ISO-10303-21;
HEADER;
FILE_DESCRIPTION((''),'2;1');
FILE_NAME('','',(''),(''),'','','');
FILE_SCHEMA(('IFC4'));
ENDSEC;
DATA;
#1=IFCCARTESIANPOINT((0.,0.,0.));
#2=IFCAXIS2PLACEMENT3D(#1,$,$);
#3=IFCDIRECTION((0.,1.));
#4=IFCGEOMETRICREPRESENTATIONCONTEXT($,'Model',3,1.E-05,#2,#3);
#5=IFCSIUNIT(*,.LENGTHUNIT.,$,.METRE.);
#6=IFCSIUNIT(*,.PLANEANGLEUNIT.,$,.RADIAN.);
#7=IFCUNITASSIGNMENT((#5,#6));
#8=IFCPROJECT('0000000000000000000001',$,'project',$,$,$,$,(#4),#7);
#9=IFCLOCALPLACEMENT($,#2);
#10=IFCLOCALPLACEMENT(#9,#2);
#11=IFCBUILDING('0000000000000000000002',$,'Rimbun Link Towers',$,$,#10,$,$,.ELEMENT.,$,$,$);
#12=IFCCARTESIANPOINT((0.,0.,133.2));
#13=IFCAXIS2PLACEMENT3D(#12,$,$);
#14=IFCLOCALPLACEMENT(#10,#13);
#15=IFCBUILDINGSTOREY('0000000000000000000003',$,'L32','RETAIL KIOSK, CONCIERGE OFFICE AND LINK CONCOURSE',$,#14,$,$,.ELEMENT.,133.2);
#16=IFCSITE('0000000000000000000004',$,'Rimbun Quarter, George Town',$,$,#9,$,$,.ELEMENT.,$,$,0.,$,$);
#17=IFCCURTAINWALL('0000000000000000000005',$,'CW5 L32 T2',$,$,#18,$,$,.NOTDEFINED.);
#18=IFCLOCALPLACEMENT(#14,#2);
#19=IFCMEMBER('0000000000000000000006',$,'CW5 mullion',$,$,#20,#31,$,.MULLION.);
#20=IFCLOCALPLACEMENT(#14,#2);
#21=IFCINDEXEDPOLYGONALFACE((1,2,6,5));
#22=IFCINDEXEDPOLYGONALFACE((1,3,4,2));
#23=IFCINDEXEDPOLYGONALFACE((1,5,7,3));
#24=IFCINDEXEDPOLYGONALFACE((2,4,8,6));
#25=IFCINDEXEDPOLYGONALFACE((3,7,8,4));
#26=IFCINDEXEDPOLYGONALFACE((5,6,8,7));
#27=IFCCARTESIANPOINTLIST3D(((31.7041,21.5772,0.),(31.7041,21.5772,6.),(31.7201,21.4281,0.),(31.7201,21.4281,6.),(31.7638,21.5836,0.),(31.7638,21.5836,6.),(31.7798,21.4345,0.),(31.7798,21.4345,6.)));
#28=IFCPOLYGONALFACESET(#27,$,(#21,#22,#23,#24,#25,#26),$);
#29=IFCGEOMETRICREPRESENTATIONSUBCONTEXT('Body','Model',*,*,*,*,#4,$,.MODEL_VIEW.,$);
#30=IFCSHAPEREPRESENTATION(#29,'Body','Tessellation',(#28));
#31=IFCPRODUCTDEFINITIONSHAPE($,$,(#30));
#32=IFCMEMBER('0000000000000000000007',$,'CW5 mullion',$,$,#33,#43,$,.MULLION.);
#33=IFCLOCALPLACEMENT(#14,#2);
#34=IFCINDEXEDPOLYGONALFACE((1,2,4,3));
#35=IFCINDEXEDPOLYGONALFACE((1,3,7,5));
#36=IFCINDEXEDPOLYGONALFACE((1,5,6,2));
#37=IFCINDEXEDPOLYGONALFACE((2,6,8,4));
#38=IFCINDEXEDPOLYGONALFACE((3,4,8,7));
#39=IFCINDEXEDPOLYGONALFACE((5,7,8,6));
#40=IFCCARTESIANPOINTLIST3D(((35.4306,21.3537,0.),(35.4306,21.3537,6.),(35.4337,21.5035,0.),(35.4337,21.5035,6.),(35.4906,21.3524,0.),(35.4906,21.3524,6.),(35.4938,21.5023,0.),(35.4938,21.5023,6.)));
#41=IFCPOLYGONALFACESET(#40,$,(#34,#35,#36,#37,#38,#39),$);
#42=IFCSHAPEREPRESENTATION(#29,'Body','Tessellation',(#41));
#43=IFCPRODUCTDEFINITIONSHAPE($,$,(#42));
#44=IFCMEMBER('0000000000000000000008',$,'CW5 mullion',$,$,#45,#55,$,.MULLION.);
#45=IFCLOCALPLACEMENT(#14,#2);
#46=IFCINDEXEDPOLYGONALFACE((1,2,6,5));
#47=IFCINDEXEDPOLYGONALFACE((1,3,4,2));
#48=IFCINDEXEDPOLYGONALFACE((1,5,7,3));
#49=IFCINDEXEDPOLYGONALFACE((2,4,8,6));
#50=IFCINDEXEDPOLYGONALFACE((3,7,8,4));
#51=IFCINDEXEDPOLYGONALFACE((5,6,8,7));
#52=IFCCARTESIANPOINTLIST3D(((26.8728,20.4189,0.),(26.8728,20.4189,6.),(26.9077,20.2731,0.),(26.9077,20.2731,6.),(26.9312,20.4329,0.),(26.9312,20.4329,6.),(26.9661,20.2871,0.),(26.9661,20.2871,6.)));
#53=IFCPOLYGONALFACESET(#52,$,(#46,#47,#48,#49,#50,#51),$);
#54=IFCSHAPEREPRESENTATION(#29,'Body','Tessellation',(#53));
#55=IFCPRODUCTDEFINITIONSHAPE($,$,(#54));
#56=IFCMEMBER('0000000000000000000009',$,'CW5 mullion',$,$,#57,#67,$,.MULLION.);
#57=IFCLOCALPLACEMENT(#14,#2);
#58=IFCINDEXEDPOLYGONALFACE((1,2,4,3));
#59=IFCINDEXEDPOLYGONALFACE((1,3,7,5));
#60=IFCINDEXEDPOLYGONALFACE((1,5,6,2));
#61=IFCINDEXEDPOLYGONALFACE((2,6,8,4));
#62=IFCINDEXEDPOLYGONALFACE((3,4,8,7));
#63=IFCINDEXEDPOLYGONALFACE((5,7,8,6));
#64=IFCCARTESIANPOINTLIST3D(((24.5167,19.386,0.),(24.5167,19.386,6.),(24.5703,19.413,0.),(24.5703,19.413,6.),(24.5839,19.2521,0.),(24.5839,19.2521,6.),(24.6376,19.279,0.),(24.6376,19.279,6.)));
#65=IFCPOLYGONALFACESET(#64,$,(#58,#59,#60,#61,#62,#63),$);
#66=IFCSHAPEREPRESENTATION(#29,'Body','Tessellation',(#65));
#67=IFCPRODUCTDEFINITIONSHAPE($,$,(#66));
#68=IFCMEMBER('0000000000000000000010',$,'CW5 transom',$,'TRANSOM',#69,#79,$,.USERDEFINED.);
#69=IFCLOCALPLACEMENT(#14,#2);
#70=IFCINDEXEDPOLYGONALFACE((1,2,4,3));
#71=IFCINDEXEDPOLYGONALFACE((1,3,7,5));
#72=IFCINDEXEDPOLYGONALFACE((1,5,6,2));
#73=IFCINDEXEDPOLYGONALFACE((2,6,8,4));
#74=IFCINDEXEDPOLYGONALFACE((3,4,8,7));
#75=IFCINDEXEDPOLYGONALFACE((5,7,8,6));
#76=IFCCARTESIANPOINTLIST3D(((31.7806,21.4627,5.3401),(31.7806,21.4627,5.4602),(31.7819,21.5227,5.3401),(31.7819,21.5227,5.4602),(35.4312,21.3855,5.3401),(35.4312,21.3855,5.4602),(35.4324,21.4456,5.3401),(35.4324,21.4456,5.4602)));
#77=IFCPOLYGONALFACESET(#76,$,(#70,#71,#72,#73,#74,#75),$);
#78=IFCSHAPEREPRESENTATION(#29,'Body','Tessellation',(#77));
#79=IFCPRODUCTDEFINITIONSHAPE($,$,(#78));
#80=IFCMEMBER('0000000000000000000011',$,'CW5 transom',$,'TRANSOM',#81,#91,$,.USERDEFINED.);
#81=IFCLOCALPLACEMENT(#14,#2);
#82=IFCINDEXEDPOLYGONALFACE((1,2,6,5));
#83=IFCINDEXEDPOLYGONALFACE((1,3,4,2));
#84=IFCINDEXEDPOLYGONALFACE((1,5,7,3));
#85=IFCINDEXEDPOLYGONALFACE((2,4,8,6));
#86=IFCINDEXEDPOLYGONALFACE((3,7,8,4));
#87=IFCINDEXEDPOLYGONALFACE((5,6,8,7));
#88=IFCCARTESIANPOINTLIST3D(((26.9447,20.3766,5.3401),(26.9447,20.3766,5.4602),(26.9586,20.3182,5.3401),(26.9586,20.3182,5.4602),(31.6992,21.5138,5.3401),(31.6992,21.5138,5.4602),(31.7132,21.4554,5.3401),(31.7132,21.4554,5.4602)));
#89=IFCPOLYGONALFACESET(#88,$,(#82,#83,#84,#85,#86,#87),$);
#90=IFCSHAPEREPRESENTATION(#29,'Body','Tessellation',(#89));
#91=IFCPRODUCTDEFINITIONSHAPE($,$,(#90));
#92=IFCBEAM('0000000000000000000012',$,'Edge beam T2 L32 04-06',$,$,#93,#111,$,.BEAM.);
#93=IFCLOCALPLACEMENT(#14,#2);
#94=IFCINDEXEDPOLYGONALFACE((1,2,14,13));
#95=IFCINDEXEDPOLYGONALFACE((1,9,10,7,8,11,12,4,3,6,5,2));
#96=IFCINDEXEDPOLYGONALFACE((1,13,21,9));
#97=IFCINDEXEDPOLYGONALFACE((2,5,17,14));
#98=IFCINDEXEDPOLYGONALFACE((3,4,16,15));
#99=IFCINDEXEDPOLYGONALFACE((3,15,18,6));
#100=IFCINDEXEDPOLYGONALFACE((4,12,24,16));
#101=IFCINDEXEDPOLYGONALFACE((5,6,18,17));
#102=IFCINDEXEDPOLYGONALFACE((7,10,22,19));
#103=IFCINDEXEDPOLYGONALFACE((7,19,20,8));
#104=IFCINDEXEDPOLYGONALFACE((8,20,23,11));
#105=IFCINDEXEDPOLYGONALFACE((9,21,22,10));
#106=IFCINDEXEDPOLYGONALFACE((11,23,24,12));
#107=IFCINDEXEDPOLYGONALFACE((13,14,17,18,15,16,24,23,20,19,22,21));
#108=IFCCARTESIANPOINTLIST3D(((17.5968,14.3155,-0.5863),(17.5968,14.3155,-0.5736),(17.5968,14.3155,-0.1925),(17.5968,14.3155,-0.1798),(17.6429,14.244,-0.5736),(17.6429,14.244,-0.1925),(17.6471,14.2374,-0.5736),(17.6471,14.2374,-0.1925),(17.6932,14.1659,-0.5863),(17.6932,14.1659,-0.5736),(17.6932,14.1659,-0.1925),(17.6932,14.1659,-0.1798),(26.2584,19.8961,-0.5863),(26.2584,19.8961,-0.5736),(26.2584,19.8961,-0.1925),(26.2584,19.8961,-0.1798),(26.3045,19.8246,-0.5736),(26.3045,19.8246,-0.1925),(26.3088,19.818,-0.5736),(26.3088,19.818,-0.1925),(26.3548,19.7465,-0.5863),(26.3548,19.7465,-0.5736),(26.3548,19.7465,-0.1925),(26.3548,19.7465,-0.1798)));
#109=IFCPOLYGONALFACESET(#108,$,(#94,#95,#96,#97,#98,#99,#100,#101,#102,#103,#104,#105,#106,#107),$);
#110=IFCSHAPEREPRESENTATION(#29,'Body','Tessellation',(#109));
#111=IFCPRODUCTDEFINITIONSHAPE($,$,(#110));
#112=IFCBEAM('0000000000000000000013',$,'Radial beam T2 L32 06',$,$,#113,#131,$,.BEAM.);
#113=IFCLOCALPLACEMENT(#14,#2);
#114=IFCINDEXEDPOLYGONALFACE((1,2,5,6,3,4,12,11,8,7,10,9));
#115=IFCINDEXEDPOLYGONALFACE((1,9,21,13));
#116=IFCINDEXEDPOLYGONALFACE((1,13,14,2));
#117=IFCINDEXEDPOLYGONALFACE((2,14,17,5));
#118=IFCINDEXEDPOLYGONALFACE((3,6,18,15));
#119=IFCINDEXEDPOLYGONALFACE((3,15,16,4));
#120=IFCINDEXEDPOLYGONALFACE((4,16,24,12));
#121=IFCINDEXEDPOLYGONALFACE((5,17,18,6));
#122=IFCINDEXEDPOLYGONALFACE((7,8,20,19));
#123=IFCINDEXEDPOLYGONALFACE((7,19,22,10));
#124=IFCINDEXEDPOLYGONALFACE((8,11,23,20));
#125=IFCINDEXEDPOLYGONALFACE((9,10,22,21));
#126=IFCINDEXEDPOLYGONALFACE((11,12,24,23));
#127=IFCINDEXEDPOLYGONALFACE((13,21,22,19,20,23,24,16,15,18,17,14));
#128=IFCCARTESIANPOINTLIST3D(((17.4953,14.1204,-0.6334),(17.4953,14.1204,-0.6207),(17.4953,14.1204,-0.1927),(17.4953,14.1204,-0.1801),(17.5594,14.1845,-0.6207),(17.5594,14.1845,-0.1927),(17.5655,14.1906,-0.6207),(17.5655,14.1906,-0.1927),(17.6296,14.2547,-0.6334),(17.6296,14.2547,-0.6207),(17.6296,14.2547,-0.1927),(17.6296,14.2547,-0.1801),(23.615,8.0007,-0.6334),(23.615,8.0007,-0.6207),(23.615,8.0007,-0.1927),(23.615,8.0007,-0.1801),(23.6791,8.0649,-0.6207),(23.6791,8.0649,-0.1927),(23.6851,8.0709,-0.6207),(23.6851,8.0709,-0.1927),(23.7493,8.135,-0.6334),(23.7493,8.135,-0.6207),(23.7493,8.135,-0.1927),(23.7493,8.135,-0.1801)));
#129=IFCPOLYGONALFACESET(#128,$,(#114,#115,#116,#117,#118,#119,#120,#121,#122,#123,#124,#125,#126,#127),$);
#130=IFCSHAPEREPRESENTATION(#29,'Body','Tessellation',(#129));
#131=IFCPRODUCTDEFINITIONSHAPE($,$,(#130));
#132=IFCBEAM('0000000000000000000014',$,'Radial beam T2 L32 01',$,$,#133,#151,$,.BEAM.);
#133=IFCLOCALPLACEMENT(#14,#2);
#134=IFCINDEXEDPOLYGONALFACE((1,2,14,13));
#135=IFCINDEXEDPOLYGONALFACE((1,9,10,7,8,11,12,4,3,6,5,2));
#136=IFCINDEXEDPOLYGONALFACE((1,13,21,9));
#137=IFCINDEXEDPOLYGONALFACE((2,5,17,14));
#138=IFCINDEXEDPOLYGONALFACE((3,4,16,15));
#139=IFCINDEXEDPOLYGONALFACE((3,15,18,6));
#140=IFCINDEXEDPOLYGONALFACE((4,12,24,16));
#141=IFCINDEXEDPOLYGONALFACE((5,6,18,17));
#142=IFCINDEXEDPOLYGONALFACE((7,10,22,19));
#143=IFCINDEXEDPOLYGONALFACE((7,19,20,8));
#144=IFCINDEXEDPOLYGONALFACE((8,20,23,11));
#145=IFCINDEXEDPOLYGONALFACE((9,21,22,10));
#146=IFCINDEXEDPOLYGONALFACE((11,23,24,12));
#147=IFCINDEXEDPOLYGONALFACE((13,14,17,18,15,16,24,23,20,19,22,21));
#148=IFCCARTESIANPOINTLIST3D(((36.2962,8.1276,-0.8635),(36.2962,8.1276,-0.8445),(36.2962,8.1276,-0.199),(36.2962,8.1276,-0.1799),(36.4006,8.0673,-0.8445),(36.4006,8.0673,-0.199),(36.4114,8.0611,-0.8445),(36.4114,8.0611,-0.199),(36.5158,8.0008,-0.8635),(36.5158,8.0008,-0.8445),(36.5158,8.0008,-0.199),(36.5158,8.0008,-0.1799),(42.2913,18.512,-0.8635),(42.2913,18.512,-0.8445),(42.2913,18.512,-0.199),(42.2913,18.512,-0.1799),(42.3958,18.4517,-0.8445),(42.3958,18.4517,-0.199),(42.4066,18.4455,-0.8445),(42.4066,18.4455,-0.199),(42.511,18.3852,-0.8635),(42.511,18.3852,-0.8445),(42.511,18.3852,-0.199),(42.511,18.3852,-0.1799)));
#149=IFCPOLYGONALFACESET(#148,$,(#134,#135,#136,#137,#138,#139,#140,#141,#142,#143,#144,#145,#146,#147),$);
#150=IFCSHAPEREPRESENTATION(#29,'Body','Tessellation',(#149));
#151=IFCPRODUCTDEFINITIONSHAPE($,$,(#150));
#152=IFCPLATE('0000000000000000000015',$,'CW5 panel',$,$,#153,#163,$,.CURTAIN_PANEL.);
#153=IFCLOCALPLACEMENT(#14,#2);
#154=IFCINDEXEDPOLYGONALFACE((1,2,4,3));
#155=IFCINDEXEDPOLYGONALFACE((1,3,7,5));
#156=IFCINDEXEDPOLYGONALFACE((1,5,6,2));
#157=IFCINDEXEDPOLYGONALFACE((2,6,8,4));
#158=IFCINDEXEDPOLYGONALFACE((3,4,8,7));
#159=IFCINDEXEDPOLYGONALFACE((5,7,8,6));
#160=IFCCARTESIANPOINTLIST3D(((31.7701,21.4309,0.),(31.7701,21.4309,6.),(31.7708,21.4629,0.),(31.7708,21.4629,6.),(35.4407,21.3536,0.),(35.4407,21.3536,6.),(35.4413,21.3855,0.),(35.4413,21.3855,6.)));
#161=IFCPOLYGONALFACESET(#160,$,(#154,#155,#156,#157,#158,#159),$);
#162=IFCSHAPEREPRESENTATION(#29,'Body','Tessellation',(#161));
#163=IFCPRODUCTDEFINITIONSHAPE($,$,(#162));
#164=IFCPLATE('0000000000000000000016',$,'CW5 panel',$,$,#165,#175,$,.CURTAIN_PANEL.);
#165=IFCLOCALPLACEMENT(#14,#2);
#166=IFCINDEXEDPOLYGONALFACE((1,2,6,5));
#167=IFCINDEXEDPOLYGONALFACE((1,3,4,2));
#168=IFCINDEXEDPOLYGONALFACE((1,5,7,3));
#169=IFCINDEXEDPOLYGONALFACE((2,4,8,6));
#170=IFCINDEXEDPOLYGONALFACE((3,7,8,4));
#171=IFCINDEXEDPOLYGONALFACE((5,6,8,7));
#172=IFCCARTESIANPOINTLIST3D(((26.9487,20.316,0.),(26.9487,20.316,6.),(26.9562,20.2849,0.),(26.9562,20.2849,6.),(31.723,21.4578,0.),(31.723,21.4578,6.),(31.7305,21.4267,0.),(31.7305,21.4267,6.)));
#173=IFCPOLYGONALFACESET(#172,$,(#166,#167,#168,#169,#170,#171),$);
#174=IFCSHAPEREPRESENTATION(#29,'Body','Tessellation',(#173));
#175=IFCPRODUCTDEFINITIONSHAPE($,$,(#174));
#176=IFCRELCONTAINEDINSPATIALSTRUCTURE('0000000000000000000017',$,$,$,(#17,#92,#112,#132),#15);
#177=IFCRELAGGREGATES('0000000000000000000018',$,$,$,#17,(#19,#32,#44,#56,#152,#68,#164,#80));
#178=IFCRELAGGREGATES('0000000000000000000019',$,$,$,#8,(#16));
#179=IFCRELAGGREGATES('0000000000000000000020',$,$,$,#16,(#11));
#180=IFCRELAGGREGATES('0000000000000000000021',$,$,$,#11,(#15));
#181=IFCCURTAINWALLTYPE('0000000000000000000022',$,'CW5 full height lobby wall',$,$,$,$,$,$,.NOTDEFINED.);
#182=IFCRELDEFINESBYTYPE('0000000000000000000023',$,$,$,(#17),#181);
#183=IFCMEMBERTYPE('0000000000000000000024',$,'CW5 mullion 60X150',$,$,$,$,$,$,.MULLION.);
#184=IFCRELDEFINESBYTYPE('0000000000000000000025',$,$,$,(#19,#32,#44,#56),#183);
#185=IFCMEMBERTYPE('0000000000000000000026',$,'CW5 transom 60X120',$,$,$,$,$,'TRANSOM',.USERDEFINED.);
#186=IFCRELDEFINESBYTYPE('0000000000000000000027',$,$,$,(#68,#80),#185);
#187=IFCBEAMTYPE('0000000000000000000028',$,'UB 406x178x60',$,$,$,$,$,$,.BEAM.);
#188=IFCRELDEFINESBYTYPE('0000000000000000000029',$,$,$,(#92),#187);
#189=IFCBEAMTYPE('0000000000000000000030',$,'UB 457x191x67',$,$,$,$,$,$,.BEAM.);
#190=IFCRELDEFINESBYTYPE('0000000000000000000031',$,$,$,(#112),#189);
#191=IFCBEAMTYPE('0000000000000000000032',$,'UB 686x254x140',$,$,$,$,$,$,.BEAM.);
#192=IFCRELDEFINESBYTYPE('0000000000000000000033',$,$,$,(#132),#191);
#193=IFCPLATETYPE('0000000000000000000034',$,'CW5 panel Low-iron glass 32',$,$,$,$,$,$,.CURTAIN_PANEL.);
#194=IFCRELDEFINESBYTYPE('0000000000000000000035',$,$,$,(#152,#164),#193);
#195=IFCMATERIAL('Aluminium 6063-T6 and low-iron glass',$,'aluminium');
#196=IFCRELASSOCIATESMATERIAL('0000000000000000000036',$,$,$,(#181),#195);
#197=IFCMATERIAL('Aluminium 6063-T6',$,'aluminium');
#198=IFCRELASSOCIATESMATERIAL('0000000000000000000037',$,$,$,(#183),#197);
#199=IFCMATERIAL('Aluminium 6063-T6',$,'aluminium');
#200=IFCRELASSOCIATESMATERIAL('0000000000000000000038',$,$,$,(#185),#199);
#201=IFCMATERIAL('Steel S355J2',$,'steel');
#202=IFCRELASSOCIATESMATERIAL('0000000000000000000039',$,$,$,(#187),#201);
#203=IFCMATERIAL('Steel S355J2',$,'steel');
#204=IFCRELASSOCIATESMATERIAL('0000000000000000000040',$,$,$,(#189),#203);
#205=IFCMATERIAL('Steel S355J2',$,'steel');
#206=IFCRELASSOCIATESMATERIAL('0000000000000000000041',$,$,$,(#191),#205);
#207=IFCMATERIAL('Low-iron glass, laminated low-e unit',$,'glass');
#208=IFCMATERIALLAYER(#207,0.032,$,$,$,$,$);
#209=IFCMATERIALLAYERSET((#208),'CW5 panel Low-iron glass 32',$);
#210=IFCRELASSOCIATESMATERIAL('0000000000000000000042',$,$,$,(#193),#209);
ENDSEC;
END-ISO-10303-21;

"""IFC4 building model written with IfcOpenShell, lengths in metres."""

from ifc_helpers import new_model, si_unit, direction, frame, origin, origin_2d, place, context, subcontext, project, spatial, rectangle, i_section, extrude, material, layer, layer_set, material_profile, profile_set, type_object, element, aggregate, save


model = new_model("IFC4")

# Units and contexts
model_context = context("Model", 3, precision=1e-05, world=origin(), true_north=direction((0.0, 1.0)))
body_context = subcontext(model_context, "Body", "Model", "MODEL_VIEW")
ifc_project = project(units=[si_unit("LENGTHUNIT", "METRE"), si_unit("PLANEANGLEUNIT", "RADIAN")], contexts=[model_context])

# Site, building, storey
site_placement = place(None, origin())
site = spatial("IfcSite", under=ifc_project, at=site_placement, Name="Rimbun Quarter, George Town", CompositionType="ELEMENT", RefElevation=0.0)
building_placement = place(site_placement, origin())
building = spatial("IfcBuilding", under=site, at=building_placement, Name="Rimbun Link Towers", CompositionType="ELEMENT")
storey_placement = place(building_placement, frame((0.0, 0.0, 133.2)))
storey = spatial("IfcBuildingStorey", under=building, at=storey_placement, Name="L32", Description="RETAIL KIOSK, CONCIERGE OFFICE AND LINK CONCOURSE", CompositionType="ELEMENT", Elevation=133.2)

# Curtain wall, members
ifc_material_1 = material(Name="Aluminium 6063-T6 and low-iron glass", Category="aluminium")
curtain_wall_type = type_object("IfcCurtainWallType", Name="CW5 full height lobby wall", PredefinedType="NOTDEFINED", material=ifc_material_1)
curtain_wall_placement = place(storey_placement, origin())
curtain_wall = element("IfcCurtainWall", 1, at=curtain_wall_placement, inside=storey, type_object=curtain_wall_type, Name="CW5 L32 T2", PredefinedType="NOTDEFINED")
ifc_material_2 = material(Name="Aluminium 6063-T6", Category="aluminium")
ifc_material_profile_1 = material_profile(ifc_material_2, rectangle(XDim=0.1499, YDim=0.0601, at=origin_2d()), Name="MULLION 60X150")
ifc_profile_set_1 = profile_set([ifc_material_profile_1], Name="Aluminium 6063-T6")
member_type_1 = type_object("IfcMemberType", Name="CW5 mullion 60X150", PredefinedType="MULLION", material=ifc_profile_set_1)
member_1_placement = place(storey_placement, frame((31.7419, 21.5059, 0.0), z_axis=(0.0, 0.0, 1.0), x_axis=(-0.106633, 0.994298, 0.0)))
member_1 = element("IfcMember", 2, at=member_1_placement, type_object=member_type_1, Name="CW5 mullion", PredefinedType="MULLION", context=body_context, shape_type="SweptSolid", body=[
    extrude(rectangle(XDim=0.1499, YDim=0.0601, at=origin_2d()), origin(), (0.0, 0.0, 1.0), 6.0),
])
member_2_placement = place(storey_placement, frame((35.4622, 21.428, 0.0), z_axis=(0.0, 0.0, 1.0), x_axis=(0.021063, 0.999778, 0.0)))
member_2 = element("IfcMember", 3, at=member_2_placement, type_object=member_type_1, Name="CW5 mullion", PredefinedType="MULLION", context=body_context, shape_type="SweptSolid", body=[
    extrude(rectangle(XDim=0.1499, YDim=0.0601, at=origin_2d()), origin(), (0.0, 0.0, 1.0), 6.0),
])
member_3_placement = place(storey_placement, frame((26.9194, 20.353, 0.0), z_axis=(0.0, 0.0, 1.0), x_axis=(-0.232588, 0.972575, 0.0)))
member_3 = element("IfcMember", 4, at=member_3_placement, type_object=member_type_1, Name="CW5 mullion", PredefinedType="MULLION", context=body_context, shape_type="SweptSolid", body=[
    extrude(rectangle(XDim=0.1499, YDim=0.0601, at=origin_2d()), origin(), (0.0, 0.0, 1.0), 6.0),
])
member_4_placement = place(storey_placement, frame((24.5771, 19.3325, 0.0), z_axis=(0.0, 0.0, 1.0), x_axis=(-0.448782, 0.893641, 0.0)))
member_4 = element("IfcMember", 5, at=member_4_placement, type_object=member_type_1, Name="CW5 mullion", PredefinedType="MULLION", context=body_context, shape_type="SweptSolid", body=[
    extrude(rectangle(XDim=0.1499, YDim=0.0601, at=origin_2d()), origin(), (0.0, 0.0, 1.0), 6.0),
])
ifc_material_3 = material(Name="Aluminium 6063-T6", Category="aluminium")
ifc_material_profile_2 = material_profile(ifc_material_3, rectangle(XDim=0.0601, YDim=0.1201, at=origin_2d()), Name="TRANSOM 60X120")
ifc_profile_set_2 = profile_set([ifc_material_profile_2], Name="Aluminium 6063-T6")
member_type_2 = type_object("IfcMemberType", Name="CW5 transom 60X120", ElementType="TRANSOM", PredefinedType="USERDEFINED", material=ifc_profile_set_2)
member_5_placement = place(storey_placement, frame((31.7812, 21.4927, 5.4001), z_axis=(0.999777, -0.021128, 0.0), x_axis=(0.021128, 0.999777, 0.0)))
member_5 = element("IfcMember", 6, at=member_5_placement, type_object=member_type_2, Name="CW5 transom", ObjectType="TRANSOM", PredefinedType="USERDEFINED", context=body_context, shape_type="SweptSolid", body=[
    extrude(rectangle(XDim=0.0601, YDim=0.1201, at=origin_2d()), origin(), (0.0, 0.0, 1.0), 3.6514),
])
member_6_placement = place(storey_placement, frame((26.9517, 20.3474, 5.4001), z_axis=(0.972568, 0.232617, 0.0), x_axis=(-0.232617, 0.972568, 0.0)))
member_6 = element("IfcMember", 7, at=member_6_placement, type_object=member_type_2, Name="CW5 transom", ObjectType="TRANSOM", PredefinedType="USERDEFINED", context=body_context, shape_type="SweptSolid", body=[
    extrude(rectangle(XDim=0.0601, YDim=0.1201, at=origin_2d()), origin(), (0.0, 0.0, 1.0), 4.8887),
])

# Beams
ifc_material_4 = material(Name="Steel S355J2", Category="steel")
ifc_material_profile_3 = material_profile(ifc_material_4, i_section(OverallWidth=0.178, OverallDepth=0.4065, WebThickness=0.0078, FlangeThickness=0.0127, at=origin_2d()), Name="UB 406x178x60")
ifc_profile_set_3 = profile_set([ifc_material_profile_3], Name="Steel S355J2")
beam_type_1 = type_object("IfcBeamType", Name="UB 406x178x60", PredefinedType="BEAM", material=ifc_profile_set_3)
beam_1_placement = place(storey_placement, frame((26.3066, 19.8213, -0.3831), z_axis=(-0.840631, -0.541608, 0.0), x_axis=(0.541608, -0.840631, 0.0)))
element("IfcBeam", 8, at=beam_1_placement, inside=storey, type_object=beam_type_1, Name="Edge beam T2 L32 04-06", PredefinedType="BEAM", context=body_context, shape_type="SweptSolid", body=[
    extrude(i_section(OverallWidth=0.178, OverallDepth=0.4065, WebThickness=0.0078, FlangeThickness=0.0127, at=origin_2d()), origin(), (0.0, 0.0, 1.0), 10.3037),
])
ifc_material_5 = material(Name="Steel S355J2", Category="steel")
ifc_material_profile_4 = material_profile(ifc_material_5, i_section(OverallWidth=0.1899, OverallDepth=0.4534, WebThickness=0.0085, FlangeThickness=0.0127, at=origin_2d()), Name="UB 457x191x67")
ifc_profile_set_4 = profile_set([ifc_material_profile_4], Name="Steel S355J2")
beam_type_2 = type_object("IfcBeamType", Name="UB 457x191x67", PredefinedType="BEAM", material=ifc_profile_set_4)
beam_2_placement = place(storey_placement, frame((23.6821, 8.0679, -0.4067), z_axis=(-0.707107, 0.707107, 0.0), x_axis=(-0.707107, -0.707107, 0.0)))
element("IfcBeam", 9, at=beam_2_placement, inside=storey, type_object=beam_type_2, Name="Radial beam T2 L32 06", PredefinedType="BEAM", context=body_context, shape_type="SweptSolid", body=[
    extrude(i_section(OverallWidth=0.1899, OverallDepth=0.4534, WebThickness=0.0085, FlangeThickness=0.0127, at=origin_2d()), origin(), (0.0, 0.0, 1.0), 8.6545),
])
ifc_material_6 = material(Name="Steel S355J2", Category="steel")
ifc_material_profile_5 = material_profile(ifc_material_6, i_section(OverallWidth=0.2537, OverallDepth=0.6836, WebThickness=0.0125, FlangeThickness=0.019, at=origin_2d()), Name="UB 686x254x140")
ifc_profile_set_5 = profile_set([ifc_material_profile_5], Name="Steel S355J2")
beam_type_3 = type_object("IfcBeamType", Name="UB 686x254x140", PredefinedType="BEAM", material=ifc_profile_set_5)
beam_3_placement = place(storey_placement, frame((36.406, 8.0642, -0.5217), z_axis=(0.499984, 0.866034, 0.0), x_axis=(-0.866034, 0.499984, 0.0)))
element("IfcBeam", 10, at=beam_3_placement, inside=storey, type_object=beam_type_3, Name="Radial beam T2 L32 01", PredefinedType="BEAM", context=body_context, shape_type="SweptSolid", body=[
    extrude(i_section(OverallWidth=0.2537, OverallDepth=0.6836, WebThickness=0.0125, FlangeThickness=0.019, at=origin_2d()), origin(), (0.0, 0.0, 1.0), 11.9907),
])

# Plates
ifc_material_7 = material(Name="Low-iron glass, laminated low-e unit", Category="glass")
ifc_layer_1 = layer(ifc_material_7, 0.032)
ifc_layer_set_1 = layer_set([ifc_layer_1], Name="CW5 panel Low-iron glass 32")
plate_type = type_object("IfcPlateType", Name="CW5 panel Low-iron glass 32", PredefinedType="CURTAIN_PANEL", material=ifc_layer_set_1)
plate_1_placement = place(storey_placement, frame((33.6057, 21.4082, 0.0), z_axis=(0.0, 0.0, 1.0), x_axis=(0.999778, -0.021063, 0.0)))
plate_1 = element("IfcPlate", 11, at=plate_1_placement, type_object=plate_type, Name="CW5 panel", PredefinedType="CURTAIN_PANEL", context=body_context, shape_type="SweptSolid", body=[
    extrude(rectangle(XDim=3.6714, YDim=0.032, at=origin_2d()), origin(), (0.0, 0.0, 1.0), 6.0),
])
plate_2_placement = place(storey_placement, frame((29.3396, 20.8713, 0.0), z_axis=(0.0, 0.0, 1.0), x_axis=(0.972575, 0.232588, 0.0)))
plate_2 = element("IfcPlate", 12, at=plate_2_placement, type_object=plate_type, Name="CW5 panel", PredefinedType="CURTAIN_PANEL", context=body_context, shape_type="SweptSolid", body=[
    extrude(rectangle(XDim=4.9089, YDim=0.032, at=origin_2d()), origin(), (0.0, 0.0, 1.0), 6.0),
])
aggregate(curtain_wall, [member_1, member_2, member_3, member_4, plate_1, member_5, plate_2, member_6])

save(model, "model.ifc")
